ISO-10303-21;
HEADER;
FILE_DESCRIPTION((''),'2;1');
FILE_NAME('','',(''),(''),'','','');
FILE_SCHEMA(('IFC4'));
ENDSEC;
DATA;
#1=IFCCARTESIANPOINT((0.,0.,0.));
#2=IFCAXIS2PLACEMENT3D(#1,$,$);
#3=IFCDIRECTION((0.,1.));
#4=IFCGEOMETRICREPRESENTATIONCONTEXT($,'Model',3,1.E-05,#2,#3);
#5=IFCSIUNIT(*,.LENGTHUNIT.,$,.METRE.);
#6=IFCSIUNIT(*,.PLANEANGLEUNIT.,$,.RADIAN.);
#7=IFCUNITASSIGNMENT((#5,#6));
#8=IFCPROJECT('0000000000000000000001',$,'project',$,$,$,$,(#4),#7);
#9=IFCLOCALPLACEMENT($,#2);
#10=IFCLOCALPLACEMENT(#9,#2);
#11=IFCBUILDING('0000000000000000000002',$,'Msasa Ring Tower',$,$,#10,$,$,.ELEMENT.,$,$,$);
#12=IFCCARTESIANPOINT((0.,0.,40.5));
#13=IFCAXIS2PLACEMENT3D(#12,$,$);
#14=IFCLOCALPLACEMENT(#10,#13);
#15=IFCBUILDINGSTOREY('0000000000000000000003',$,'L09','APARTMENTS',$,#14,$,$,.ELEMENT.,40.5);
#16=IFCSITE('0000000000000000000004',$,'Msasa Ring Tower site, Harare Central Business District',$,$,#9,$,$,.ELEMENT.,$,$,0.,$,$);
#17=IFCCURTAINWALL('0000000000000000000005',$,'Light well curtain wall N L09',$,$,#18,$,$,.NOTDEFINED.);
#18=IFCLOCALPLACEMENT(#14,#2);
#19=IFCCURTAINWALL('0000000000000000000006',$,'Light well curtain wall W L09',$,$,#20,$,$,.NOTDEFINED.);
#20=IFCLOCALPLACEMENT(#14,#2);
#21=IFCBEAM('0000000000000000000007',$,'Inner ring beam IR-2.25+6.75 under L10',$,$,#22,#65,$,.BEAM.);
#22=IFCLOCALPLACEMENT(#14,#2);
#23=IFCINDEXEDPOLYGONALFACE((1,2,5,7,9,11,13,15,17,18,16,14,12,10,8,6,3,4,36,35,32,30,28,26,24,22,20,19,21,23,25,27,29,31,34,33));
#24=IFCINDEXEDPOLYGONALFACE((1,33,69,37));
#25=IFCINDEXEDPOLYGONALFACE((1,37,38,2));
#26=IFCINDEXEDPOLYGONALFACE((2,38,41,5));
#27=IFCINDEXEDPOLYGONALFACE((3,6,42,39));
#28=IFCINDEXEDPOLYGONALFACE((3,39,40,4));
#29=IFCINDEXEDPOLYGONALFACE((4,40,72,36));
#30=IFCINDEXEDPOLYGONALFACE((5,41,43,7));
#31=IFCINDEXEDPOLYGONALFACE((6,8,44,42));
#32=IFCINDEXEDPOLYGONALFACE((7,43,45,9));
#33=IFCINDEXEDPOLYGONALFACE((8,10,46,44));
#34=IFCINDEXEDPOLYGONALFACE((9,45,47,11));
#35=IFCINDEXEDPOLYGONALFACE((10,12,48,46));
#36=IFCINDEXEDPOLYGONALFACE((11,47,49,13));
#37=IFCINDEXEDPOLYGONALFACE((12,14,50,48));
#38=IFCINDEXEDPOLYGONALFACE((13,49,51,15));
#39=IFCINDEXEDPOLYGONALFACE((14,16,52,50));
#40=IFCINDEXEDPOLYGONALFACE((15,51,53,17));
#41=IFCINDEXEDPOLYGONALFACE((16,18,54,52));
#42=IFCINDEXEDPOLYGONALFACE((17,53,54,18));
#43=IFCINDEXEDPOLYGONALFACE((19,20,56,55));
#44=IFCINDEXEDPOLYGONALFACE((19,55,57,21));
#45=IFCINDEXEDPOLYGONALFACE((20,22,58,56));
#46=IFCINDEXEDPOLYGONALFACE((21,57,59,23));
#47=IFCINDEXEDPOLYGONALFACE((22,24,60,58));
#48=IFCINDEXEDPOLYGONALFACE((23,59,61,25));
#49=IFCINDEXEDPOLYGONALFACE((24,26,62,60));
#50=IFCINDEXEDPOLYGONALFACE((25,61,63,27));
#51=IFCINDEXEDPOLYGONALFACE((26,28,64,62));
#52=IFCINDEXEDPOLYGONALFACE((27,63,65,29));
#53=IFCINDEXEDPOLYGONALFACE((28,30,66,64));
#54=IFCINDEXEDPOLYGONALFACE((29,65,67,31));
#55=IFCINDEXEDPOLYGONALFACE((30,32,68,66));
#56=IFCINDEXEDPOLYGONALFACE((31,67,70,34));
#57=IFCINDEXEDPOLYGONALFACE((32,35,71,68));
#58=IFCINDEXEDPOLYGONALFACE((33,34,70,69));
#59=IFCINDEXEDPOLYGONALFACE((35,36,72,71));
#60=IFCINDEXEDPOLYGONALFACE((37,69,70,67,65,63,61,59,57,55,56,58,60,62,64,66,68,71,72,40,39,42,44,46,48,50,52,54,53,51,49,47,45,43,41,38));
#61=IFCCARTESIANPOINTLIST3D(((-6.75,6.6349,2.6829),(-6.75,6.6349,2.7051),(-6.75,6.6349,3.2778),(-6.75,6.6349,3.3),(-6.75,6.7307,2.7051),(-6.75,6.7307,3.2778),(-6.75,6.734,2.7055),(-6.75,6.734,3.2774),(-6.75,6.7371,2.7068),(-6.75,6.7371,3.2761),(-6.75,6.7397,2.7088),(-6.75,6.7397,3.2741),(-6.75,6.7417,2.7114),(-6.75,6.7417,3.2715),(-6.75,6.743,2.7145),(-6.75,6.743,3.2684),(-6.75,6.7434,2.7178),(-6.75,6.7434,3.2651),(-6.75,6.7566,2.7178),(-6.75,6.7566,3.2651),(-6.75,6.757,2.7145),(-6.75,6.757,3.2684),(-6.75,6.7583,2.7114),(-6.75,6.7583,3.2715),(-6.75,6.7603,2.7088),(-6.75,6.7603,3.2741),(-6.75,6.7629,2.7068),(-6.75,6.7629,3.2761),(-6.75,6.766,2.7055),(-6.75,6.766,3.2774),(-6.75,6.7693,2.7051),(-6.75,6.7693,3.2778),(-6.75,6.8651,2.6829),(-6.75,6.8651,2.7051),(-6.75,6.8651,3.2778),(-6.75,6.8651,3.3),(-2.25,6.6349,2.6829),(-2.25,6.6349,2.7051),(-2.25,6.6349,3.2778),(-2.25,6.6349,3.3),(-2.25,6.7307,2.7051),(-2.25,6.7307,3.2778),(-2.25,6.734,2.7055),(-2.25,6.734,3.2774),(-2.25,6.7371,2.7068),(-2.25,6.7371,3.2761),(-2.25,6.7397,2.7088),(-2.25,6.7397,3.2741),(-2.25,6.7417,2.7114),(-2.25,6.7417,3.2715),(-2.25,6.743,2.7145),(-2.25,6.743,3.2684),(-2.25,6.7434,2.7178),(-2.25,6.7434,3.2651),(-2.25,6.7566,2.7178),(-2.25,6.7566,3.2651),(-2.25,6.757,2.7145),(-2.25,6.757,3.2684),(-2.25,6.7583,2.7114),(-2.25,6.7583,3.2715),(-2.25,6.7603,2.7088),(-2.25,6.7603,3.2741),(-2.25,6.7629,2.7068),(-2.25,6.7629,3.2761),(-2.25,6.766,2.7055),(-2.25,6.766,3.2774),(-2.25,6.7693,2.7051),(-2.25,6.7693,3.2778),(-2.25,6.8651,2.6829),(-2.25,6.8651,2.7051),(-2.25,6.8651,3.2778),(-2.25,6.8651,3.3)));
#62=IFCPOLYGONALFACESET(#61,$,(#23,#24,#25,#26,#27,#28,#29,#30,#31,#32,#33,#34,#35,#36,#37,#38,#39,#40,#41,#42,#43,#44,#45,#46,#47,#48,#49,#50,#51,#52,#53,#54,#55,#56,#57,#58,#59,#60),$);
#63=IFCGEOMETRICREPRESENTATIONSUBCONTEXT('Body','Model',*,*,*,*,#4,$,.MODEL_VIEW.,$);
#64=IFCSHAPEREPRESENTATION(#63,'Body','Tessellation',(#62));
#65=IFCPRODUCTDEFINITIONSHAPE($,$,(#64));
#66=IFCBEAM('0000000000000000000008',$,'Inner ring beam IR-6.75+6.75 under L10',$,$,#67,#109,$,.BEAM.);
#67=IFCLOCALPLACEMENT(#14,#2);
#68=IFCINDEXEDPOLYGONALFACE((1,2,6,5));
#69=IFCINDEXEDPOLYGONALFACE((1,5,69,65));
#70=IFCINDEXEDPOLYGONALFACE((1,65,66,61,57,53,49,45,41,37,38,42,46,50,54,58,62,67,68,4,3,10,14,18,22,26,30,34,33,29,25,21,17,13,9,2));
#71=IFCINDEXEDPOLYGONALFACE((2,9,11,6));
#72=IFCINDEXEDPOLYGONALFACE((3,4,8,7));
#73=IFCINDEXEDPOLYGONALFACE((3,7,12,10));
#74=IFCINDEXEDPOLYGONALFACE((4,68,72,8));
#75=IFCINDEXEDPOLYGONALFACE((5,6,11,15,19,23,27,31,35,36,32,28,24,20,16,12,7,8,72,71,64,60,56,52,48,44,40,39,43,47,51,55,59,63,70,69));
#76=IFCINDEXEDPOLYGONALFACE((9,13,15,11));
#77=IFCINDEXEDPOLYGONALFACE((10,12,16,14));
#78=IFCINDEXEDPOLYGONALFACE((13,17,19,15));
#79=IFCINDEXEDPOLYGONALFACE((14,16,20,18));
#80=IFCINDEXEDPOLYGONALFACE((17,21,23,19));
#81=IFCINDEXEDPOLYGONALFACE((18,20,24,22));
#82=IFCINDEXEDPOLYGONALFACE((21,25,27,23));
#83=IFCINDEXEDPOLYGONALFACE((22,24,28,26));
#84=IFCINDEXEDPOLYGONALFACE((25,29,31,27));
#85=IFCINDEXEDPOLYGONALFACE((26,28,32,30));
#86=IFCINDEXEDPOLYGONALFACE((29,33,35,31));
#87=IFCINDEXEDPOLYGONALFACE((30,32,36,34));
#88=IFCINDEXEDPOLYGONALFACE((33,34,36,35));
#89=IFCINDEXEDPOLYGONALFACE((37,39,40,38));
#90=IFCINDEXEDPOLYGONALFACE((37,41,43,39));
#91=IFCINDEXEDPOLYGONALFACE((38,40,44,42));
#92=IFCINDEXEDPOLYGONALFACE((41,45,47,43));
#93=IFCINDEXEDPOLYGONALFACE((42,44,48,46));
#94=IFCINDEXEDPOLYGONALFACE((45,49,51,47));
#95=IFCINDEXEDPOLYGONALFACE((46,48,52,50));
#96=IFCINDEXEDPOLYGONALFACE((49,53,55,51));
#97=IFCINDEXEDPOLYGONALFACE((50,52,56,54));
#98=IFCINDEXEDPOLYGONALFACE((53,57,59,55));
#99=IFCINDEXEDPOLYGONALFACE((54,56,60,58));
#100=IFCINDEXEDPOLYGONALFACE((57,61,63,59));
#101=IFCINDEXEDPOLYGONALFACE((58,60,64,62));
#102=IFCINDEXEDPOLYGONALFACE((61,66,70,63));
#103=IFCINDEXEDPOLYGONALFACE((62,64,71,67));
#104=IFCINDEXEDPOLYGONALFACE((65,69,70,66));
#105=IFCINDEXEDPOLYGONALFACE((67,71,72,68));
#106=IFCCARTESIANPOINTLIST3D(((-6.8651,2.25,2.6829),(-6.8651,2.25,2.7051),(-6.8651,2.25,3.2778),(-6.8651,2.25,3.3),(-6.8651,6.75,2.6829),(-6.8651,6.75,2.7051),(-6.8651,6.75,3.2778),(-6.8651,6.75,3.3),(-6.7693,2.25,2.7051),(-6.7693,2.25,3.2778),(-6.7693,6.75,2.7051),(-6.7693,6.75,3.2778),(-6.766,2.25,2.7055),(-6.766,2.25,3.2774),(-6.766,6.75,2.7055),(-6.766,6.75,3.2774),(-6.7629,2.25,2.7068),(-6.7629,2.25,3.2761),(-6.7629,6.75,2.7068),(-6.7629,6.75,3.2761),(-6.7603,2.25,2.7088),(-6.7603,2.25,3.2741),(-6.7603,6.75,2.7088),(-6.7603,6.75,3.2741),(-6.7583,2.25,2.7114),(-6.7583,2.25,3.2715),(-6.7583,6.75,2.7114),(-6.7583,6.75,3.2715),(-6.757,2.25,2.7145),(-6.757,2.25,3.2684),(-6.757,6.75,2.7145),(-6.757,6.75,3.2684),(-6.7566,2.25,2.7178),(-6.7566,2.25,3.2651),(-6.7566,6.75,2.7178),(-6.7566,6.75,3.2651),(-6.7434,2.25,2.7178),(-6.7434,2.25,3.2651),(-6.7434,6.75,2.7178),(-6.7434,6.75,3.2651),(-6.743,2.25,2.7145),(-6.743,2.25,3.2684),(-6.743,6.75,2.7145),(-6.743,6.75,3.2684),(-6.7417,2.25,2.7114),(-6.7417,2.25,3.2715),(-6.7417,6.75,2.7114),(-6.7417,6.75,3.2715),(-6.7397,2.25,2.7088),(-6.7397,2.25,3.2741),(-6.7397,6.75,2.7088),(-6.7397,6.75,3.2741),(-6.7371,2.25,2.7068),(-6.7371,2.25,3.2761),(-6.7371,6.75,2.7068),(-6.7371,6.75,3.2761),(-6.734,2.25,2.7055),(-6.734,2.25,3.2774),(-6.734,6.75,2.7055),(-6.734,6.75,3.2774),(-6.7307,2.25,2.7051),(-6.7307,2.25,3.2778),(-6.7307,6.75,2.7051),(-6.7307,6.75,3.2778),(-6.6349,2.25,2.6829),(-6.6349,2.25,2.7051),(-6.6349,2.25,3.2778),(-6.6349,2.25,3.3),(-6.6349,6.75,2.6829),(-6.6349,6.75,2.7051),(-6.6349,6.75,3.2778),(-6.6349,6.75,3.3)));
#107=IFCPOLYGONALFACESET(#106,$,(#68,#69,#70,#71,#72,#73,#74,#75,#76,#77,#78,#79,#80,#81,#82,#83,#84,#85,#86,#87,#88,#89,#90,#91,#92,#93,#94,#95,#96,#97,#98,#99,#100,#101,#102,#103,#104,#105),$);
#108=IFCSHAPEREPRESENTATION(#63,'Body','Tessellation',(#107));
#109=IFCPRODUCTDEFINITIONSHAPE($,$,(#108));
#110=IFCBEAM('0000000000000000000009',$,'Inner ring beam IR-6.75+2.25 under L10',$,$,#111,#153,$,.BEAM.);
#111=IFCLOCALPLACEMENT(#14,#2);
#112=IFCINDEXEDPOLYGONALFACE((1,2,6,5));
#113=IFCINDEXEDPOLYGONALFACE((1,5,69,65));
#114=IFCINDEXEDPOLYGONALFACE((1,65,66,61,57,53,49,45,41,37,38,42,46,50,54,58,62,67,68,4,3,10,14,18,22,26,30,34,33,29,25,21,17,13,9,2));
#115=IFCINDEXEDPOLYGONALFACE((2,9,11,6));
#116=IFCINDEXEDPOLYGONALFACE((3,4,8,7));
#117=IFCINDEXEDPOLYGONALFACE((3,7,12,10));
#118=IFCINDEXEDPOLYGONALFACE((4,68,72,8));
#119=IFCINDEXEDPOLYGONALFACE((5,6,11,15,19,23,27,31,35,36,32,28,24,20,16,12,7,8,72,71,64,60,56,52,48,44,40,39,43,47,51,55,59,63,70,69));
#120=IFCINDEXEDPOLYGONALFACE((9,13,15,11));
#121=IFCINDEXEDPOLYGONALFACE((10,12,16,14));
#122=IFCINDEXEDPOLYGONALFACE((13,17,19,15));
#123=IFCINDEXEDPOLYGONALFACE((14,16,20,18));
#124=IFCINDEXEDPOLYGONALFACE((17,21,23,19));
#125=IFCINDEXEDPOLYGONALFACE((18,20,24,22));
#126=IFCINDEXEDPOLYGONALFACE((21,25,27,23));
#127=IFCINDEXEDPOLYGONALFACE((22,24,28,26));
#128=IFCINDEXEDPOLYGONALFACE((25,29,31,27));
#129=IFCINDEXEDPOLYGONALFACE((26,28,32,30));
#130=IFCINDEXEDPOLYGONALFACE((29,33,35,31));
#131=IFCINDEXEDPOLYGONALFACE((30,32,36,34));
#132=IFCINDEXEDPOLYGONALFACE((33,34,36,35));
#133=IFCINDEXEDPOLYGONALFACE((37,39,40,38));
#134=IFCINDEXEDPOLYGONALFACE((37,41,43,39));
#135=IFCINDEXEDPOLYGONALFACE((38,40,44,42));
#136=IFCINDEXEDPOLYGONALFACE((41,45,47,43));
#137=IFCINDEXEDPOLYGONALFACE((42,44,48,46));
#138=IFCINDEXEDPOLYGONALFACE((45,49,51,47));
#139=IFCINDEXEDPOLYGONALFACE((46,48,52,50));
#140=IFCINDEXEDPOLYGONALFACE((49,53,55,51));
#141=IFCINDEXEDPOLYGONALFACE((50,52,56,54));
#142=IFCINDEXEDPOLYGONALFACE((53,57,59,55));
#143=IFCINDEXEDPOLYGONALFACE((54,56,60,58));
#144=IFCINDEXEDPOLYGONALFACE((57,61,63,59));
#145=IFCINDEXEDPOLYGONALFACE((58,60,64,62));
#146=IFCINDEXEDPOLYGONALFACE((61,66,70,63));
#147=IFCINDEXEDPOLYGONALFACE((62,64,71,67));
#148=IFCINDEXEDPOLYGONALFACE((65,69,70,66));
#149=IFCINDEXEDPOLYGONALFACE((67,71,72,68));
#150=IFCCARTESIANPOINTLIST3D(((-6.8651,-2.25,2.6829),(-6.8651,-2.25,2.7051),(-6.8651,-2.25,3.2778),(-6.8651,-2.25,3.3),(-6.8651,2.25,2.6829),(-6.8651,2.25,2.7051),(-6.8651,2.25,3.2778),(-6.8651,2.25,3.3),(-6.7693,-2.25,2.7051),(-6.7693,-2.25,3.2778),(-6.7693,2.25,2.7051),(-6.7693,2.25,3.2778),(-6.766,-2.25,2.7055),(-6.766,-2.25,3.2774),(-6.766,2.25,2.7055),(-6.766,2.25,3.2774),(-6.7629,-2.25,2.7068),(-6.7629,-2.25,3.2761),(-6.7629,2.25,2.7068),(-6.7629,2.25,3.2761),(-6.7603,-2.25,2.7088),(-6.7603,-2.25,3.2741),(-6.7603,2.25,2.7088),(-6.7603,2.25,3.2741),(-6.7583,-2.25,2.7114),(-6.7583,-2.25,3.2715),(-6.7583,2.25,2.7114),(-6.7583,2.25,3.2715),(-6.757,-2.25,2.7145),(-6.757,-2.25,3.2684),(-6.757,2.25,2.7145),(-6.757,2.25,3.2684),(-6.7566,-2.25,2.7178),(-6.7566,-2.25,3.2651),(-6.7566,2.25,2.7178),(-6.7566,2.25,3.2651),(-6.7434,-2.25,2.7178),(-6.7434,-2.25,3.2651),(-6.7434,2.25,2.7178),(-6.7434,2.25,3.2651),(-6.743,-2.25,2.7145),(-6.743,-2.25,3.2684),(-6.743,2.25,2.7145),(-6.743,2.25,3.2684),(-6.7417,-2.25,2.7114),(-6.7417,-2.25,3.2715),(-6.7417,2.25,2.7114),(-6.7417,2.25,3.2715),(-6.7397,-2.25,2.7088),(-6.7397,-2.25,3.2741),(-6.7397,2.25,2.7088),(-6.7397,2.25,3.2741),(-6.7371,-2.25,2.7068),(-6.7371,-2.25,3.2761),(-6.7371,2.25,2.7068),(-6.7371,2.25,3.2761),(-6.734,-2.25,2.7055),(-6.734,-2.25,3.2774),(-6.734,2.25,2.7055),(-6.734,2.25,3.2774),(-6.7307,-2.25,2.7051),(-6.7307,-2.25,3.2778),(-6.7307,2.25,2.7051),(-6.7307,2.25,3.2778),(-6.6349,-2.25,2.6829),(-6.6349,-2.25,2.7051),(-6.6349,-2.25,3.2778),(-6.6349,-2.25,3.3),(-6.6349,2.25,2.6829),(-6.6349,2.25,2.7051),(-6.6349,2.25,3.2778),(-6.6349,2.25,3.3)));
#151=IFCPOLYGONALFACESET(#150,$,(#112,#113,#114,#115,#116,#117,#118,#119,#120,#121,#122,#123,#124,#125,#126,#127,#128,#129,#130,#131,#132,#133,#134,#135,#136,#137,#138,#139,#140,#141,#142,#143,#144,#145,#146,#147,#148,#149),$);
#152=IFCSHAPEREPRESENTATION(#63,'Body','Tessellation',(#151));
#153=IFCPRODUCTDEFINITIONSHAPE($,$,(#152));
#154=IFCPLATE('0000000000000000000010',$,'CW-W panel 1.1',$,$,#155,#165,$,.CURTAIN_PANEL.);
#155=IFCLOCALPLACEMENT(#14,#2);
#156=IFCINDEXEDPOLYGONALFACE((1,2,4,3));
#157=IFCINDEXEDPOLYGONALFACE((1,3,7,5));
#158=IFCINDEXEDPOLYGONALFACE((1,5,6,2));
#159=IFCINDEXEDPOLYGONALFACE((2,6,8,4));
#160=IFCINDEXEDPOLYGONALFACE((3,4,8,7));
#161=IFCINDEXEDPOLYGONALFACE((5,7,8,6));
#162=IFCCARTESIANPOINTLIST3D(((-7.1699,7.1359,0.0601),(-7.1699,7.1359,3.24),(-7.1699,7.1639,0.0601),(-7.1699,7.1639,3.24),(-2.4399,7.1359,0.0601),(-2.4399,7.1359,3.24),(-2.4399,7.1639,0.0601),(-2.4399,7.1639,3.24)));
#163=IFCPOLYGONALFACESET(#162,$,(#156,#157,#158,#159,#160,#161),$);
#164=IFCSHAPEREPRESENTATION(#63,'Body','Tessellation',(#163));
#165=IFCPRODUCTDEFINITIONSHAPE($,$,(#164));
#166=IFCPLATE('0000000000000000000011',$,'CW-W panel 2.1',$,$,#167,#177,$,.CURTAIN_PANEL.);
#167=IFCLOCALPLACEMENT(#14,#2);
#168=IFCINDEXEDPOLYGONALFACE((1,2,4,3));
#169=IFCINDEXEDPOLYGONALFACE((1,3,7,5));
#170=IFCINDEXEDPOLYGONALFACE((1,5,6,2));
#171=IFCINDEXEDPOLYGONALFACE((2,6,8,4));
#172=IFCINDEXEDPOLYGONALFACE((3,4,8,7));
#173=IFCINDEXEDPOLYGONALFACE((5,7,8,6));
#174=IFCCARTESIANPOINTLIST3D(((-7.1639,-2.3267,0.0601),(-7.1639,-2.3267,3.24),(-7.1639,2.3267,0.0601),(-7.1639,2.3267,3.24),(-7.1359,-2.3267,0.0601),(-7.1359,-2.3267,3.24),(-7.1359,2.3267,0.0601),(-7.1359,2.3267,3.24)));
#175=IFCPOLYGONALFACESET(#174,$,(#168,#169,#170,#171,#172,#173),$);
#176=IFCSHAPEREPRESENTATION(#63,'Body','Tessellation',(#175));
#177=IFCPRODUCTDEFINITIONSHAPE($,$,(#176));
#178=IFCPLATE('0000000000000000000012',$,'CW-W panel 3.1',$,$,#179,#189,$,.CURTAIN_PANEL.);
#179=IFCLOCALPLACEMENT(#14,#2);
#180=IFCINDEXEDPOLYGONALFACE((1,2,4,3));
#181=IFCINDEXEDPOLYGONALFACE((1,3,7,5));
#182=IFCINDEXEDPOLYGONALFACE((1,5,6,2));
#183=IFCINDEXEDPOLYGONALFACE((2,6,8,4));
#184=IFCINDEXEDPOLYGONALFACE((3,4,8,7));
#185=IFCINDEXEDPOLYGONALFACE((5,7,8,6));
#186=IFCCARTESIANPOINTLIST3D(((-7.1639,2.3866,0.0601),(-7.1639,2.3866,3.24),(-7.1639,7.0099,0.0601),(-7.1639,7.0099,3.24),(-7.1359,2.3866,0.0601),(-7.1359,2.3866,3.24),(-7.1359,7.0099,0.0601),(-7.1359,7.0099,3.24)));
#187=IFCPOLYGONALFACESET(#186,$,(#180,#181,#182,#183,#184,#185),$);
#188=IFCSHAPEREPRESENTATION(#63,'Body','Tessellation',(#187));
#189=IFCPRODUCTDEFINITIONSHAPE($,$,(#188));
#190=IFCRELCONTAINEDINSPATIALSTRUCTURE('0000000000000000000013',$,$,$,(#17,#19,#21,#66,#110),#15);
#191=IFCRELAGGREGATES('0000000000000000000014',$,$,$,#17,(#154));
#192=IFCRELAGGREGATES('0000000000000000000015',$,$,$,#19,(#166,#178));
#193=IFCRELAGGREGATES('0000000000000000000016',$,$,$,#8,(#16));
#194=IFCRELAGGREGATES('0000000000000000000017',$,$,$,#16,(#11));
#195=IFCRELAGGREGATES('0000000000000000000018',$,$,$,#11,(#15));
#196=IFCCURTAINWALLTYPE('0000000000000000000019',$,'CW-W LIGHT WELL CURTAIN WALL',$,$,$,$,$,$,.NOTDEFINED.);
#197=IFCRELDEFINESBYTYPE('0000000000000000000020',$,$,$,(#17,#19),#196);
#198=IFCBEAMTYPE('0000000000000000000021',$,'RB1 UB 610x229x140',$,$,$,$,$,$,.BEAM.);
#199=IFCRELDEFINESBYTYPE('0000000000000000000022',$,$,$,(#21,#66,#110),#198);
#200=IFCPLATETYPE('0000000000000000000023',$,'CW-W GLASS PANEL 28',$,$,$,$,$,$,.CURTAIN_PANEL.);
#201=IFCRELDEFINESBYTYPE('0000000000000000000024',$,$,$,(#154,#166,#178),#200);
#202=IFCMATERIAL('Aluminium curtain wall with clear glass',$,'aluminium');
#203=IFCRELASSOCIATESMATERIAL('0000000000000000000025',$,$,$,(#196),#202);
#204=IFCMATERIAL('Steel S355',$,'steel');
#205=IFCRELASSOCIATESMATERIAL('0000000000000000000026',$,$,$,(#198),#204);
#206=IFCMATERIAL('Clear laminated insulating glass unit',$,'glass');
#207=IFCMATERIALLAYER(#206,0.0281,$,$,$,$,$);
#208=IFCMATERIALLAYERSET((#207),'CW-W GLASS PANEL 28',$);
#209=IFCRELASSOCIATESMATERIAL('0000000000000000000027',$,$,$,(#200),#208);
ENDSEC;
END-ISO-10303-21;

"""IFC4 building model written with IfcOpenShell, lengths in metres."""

from ifc_helpers import new_model, si_unit, direction, frame, origin, origin_2d, place, context, subcontext, project, spatial, rectangle, i_section, extrude, material, layer, layer_set, material_profile, profile_set, type_object, element, aggregate, save


model = new_model("IFC4")

# Units and contexts
model_context = context("Model", 3, precision=1e-05, world=origin(), true_north=direction((0.0, 1.0)))
body_context = subcontext(model_context, "Body", "Model", "MODEL_VIEW")
ifc_project = project(units=[si_unit("LENGTHUNIT", "METRE"), si_unit("PLANEANGLEUNIT", "RADIAN")], contexts=[model_context])

# Site, building, storey
site_placement = place(None, origin())
site = spatial("IfcSite", under=ifc_project, at=site_placement, Name="Msasa Ring Tower site, Harare Central Business District", CompositionType="ELEMENT", RefElevation=0.0)
building_placement = place(site_placement, origin())
building = spatial("IfcBuilding", under=site, at=building_placement, Name="Msasa Ring Tower", CompositionType="ELEMENT")
storey_placement = place(building_placement, frame((0.0, 0.0, 40.5)))
storey = spatial("IfcBuildingStorey", under=building, at=storey_placement, Name="L09", Description="APARTMENTS", CompositionType="ELEMENT", Elevation=40.5)

# Curtain walls
ifc_material_1 = material(Name="Aluminium curtain wall with clear glass", Category="aluminium")
curtain_wall_type = type_object("IfcCurtainWallType", Name="CW-W LIGHT WELL CURTAIN WALL", PredefinedType="NOTDEFINED", material=ifc_material_1)
curtain_wall_1_placement = place(storey_placement, origin())
curtain_wall_1 = element("IfcCurtainWall", 1, at=curtain_wall_1_placement, inside=storey, type_object=curtain_wall_type, Name="Light well curtain wall N L09", PredefinedType="NOTDEFINED")
curtain_wall_2_placement = place(storey_placement, origin())
curtain_wall_2 = element("IfcCurtainWall", 2, at=curtain_wall_2_placement, inside=storey, type_object=curtain_wall_type, Name="Light well curtain wall W L09", PredefinedType="NOTDEFINED")

# Beams
ifc_material_2 = material(Name="Steel S355", Category="steel")
ifc_material_profile_1 = material_profile(ifc_material_2, i_section(OverallWidth=0.2302, OverallDepth=0.6172, WebThickness=0.0132, FlangeThickness=0.0222, FilletRadius=0.0127, at=origin_2d()), Name="UB 610x229x140")
ifc_profile_set_1 = profile_set([ifc_material_profile_1], Name="Steel S355")
beam_type = type_object("IfcBeamType", Name="RB1 UB 610x229x140", PredefinedType="BEAM", material=ifc_profile_set_1)
for number, where, z_axis, x_axis, name in (
    (3, (-2.25, 6.75, 2.9915), (-1.0, 0.0, 0.0), (0.0, -1.0, 0.0), "Inner ring beam IR-2.25+6.75 under L10"),
    (4, (-6.75, 6.75, 2.9915), (0.0, -1.0, 0.0), (1.0, 0.0, 0.0), "Inner ring beam IR-6.75+6.75 under L10"),
    (5, (-6.75, 2.25, 2.9915), (0.0, -1.0, 0.0), (1.0, 0.0, 0.0), "Inner ring beam IR-6.75+2.25 under L10"),
):
    element("IfcBeam", number, at=place(storey_placement, frame(where, z_axis=z_axis, x_axis=x_axis)), inside=storey, type_object=beam_type, Name=name, PredefinedType="BEAM", context=body_context, shape_type="SweptSolid", body=[
        extrude(i_section(OverallWidth=0.2302, OverallDepth=0.6172, WebThickness=0.0132, FlangeThickness=0.0222, FilletRadius=0.0127, at=origin_2d()), origin(), (0.0, 0.0, 1.0), 4.5),
    ])

# Plates
ifc_material_3 = material(Name="Clear laminated insulating glass unit", Category="glass")
ifc_layer_1 = layer(ifc_material_3, 0.0281)
ifc_layer_set_1 = layer_set([ifc_layer_1], Name="CW-W GLASS PANEL 28")
plate_type = type_object("IfcPlateType", Name="CW-W GLASS PANEL 28", PredefinedType="CURTAIN_PANEL", material=ifc_layer_set_1)
plate_1_placement = place(storey_placement, frame((-4.8049, 7.1499, 0.0601), z_axis=(0.0, 0.0, 1.0), x_axis=(1.0, 0.0, 0.0)))
plate_1 = element("IfcPlate", 6, at=plate_1_placement, type_object=plate_type, Name="CW-W panel 1.1", PredefinedType="CURTAIN_PANEL", context=body_context, shape_type="SweptSolid", body=[
    extrude(rectangle(XDim=4.73, YDim=0.0281, at=origin_2d()), origin(), (0.0, 0.0, 1.0), 3.1799),
])
aggregate(curtain_wall_1, [plate_1])
plate_2_placement = place(storey_placement, frame((-7.1499, 0.0, 0.0601), z_axis=(0.0, 0.0, 1.0), x_axis=(0.0, 1.0, 0.0)))
plate_2 = element("IfcPlate", 7, at=plate_2_placement, type_object=plate_type, Name="CW-W panel 2.1", PredefinedType="CURTAIN_PANEL", context=body_context, shape_type="SweptSolid", body=[
    extrude(rectangle(XDim=4.6533, YDim=0.0281, at=origin_2d()), origin(), (0.0, 0.0, 1.0), 3.1799),
])
plate_3_placement = place(storey_placement, frame((-7.1499, 4.6982, 0.0601), z_axis=(0.0, 0.0, 1.0), x_axis=(0.0, 1.0, 0.0)))
plate_3 = element("IfcPlate", 8, at=plate_3_placement, type_object=plate_type, Name="CW-W panel 3.1", PredefinedType="CURTAIN_PANEL", context=body_context, shape_type="SweptSolid", body=[
    extrude(rectangle(XDim=4.6233, YDim=0.0281, at=origin_2d()), origin(), (0.0, 0.0, 1.0), 3.1799),
])
aggregate(curtain_wall_2, [plate_2, plate_3])

save(model, "model.ifc")
